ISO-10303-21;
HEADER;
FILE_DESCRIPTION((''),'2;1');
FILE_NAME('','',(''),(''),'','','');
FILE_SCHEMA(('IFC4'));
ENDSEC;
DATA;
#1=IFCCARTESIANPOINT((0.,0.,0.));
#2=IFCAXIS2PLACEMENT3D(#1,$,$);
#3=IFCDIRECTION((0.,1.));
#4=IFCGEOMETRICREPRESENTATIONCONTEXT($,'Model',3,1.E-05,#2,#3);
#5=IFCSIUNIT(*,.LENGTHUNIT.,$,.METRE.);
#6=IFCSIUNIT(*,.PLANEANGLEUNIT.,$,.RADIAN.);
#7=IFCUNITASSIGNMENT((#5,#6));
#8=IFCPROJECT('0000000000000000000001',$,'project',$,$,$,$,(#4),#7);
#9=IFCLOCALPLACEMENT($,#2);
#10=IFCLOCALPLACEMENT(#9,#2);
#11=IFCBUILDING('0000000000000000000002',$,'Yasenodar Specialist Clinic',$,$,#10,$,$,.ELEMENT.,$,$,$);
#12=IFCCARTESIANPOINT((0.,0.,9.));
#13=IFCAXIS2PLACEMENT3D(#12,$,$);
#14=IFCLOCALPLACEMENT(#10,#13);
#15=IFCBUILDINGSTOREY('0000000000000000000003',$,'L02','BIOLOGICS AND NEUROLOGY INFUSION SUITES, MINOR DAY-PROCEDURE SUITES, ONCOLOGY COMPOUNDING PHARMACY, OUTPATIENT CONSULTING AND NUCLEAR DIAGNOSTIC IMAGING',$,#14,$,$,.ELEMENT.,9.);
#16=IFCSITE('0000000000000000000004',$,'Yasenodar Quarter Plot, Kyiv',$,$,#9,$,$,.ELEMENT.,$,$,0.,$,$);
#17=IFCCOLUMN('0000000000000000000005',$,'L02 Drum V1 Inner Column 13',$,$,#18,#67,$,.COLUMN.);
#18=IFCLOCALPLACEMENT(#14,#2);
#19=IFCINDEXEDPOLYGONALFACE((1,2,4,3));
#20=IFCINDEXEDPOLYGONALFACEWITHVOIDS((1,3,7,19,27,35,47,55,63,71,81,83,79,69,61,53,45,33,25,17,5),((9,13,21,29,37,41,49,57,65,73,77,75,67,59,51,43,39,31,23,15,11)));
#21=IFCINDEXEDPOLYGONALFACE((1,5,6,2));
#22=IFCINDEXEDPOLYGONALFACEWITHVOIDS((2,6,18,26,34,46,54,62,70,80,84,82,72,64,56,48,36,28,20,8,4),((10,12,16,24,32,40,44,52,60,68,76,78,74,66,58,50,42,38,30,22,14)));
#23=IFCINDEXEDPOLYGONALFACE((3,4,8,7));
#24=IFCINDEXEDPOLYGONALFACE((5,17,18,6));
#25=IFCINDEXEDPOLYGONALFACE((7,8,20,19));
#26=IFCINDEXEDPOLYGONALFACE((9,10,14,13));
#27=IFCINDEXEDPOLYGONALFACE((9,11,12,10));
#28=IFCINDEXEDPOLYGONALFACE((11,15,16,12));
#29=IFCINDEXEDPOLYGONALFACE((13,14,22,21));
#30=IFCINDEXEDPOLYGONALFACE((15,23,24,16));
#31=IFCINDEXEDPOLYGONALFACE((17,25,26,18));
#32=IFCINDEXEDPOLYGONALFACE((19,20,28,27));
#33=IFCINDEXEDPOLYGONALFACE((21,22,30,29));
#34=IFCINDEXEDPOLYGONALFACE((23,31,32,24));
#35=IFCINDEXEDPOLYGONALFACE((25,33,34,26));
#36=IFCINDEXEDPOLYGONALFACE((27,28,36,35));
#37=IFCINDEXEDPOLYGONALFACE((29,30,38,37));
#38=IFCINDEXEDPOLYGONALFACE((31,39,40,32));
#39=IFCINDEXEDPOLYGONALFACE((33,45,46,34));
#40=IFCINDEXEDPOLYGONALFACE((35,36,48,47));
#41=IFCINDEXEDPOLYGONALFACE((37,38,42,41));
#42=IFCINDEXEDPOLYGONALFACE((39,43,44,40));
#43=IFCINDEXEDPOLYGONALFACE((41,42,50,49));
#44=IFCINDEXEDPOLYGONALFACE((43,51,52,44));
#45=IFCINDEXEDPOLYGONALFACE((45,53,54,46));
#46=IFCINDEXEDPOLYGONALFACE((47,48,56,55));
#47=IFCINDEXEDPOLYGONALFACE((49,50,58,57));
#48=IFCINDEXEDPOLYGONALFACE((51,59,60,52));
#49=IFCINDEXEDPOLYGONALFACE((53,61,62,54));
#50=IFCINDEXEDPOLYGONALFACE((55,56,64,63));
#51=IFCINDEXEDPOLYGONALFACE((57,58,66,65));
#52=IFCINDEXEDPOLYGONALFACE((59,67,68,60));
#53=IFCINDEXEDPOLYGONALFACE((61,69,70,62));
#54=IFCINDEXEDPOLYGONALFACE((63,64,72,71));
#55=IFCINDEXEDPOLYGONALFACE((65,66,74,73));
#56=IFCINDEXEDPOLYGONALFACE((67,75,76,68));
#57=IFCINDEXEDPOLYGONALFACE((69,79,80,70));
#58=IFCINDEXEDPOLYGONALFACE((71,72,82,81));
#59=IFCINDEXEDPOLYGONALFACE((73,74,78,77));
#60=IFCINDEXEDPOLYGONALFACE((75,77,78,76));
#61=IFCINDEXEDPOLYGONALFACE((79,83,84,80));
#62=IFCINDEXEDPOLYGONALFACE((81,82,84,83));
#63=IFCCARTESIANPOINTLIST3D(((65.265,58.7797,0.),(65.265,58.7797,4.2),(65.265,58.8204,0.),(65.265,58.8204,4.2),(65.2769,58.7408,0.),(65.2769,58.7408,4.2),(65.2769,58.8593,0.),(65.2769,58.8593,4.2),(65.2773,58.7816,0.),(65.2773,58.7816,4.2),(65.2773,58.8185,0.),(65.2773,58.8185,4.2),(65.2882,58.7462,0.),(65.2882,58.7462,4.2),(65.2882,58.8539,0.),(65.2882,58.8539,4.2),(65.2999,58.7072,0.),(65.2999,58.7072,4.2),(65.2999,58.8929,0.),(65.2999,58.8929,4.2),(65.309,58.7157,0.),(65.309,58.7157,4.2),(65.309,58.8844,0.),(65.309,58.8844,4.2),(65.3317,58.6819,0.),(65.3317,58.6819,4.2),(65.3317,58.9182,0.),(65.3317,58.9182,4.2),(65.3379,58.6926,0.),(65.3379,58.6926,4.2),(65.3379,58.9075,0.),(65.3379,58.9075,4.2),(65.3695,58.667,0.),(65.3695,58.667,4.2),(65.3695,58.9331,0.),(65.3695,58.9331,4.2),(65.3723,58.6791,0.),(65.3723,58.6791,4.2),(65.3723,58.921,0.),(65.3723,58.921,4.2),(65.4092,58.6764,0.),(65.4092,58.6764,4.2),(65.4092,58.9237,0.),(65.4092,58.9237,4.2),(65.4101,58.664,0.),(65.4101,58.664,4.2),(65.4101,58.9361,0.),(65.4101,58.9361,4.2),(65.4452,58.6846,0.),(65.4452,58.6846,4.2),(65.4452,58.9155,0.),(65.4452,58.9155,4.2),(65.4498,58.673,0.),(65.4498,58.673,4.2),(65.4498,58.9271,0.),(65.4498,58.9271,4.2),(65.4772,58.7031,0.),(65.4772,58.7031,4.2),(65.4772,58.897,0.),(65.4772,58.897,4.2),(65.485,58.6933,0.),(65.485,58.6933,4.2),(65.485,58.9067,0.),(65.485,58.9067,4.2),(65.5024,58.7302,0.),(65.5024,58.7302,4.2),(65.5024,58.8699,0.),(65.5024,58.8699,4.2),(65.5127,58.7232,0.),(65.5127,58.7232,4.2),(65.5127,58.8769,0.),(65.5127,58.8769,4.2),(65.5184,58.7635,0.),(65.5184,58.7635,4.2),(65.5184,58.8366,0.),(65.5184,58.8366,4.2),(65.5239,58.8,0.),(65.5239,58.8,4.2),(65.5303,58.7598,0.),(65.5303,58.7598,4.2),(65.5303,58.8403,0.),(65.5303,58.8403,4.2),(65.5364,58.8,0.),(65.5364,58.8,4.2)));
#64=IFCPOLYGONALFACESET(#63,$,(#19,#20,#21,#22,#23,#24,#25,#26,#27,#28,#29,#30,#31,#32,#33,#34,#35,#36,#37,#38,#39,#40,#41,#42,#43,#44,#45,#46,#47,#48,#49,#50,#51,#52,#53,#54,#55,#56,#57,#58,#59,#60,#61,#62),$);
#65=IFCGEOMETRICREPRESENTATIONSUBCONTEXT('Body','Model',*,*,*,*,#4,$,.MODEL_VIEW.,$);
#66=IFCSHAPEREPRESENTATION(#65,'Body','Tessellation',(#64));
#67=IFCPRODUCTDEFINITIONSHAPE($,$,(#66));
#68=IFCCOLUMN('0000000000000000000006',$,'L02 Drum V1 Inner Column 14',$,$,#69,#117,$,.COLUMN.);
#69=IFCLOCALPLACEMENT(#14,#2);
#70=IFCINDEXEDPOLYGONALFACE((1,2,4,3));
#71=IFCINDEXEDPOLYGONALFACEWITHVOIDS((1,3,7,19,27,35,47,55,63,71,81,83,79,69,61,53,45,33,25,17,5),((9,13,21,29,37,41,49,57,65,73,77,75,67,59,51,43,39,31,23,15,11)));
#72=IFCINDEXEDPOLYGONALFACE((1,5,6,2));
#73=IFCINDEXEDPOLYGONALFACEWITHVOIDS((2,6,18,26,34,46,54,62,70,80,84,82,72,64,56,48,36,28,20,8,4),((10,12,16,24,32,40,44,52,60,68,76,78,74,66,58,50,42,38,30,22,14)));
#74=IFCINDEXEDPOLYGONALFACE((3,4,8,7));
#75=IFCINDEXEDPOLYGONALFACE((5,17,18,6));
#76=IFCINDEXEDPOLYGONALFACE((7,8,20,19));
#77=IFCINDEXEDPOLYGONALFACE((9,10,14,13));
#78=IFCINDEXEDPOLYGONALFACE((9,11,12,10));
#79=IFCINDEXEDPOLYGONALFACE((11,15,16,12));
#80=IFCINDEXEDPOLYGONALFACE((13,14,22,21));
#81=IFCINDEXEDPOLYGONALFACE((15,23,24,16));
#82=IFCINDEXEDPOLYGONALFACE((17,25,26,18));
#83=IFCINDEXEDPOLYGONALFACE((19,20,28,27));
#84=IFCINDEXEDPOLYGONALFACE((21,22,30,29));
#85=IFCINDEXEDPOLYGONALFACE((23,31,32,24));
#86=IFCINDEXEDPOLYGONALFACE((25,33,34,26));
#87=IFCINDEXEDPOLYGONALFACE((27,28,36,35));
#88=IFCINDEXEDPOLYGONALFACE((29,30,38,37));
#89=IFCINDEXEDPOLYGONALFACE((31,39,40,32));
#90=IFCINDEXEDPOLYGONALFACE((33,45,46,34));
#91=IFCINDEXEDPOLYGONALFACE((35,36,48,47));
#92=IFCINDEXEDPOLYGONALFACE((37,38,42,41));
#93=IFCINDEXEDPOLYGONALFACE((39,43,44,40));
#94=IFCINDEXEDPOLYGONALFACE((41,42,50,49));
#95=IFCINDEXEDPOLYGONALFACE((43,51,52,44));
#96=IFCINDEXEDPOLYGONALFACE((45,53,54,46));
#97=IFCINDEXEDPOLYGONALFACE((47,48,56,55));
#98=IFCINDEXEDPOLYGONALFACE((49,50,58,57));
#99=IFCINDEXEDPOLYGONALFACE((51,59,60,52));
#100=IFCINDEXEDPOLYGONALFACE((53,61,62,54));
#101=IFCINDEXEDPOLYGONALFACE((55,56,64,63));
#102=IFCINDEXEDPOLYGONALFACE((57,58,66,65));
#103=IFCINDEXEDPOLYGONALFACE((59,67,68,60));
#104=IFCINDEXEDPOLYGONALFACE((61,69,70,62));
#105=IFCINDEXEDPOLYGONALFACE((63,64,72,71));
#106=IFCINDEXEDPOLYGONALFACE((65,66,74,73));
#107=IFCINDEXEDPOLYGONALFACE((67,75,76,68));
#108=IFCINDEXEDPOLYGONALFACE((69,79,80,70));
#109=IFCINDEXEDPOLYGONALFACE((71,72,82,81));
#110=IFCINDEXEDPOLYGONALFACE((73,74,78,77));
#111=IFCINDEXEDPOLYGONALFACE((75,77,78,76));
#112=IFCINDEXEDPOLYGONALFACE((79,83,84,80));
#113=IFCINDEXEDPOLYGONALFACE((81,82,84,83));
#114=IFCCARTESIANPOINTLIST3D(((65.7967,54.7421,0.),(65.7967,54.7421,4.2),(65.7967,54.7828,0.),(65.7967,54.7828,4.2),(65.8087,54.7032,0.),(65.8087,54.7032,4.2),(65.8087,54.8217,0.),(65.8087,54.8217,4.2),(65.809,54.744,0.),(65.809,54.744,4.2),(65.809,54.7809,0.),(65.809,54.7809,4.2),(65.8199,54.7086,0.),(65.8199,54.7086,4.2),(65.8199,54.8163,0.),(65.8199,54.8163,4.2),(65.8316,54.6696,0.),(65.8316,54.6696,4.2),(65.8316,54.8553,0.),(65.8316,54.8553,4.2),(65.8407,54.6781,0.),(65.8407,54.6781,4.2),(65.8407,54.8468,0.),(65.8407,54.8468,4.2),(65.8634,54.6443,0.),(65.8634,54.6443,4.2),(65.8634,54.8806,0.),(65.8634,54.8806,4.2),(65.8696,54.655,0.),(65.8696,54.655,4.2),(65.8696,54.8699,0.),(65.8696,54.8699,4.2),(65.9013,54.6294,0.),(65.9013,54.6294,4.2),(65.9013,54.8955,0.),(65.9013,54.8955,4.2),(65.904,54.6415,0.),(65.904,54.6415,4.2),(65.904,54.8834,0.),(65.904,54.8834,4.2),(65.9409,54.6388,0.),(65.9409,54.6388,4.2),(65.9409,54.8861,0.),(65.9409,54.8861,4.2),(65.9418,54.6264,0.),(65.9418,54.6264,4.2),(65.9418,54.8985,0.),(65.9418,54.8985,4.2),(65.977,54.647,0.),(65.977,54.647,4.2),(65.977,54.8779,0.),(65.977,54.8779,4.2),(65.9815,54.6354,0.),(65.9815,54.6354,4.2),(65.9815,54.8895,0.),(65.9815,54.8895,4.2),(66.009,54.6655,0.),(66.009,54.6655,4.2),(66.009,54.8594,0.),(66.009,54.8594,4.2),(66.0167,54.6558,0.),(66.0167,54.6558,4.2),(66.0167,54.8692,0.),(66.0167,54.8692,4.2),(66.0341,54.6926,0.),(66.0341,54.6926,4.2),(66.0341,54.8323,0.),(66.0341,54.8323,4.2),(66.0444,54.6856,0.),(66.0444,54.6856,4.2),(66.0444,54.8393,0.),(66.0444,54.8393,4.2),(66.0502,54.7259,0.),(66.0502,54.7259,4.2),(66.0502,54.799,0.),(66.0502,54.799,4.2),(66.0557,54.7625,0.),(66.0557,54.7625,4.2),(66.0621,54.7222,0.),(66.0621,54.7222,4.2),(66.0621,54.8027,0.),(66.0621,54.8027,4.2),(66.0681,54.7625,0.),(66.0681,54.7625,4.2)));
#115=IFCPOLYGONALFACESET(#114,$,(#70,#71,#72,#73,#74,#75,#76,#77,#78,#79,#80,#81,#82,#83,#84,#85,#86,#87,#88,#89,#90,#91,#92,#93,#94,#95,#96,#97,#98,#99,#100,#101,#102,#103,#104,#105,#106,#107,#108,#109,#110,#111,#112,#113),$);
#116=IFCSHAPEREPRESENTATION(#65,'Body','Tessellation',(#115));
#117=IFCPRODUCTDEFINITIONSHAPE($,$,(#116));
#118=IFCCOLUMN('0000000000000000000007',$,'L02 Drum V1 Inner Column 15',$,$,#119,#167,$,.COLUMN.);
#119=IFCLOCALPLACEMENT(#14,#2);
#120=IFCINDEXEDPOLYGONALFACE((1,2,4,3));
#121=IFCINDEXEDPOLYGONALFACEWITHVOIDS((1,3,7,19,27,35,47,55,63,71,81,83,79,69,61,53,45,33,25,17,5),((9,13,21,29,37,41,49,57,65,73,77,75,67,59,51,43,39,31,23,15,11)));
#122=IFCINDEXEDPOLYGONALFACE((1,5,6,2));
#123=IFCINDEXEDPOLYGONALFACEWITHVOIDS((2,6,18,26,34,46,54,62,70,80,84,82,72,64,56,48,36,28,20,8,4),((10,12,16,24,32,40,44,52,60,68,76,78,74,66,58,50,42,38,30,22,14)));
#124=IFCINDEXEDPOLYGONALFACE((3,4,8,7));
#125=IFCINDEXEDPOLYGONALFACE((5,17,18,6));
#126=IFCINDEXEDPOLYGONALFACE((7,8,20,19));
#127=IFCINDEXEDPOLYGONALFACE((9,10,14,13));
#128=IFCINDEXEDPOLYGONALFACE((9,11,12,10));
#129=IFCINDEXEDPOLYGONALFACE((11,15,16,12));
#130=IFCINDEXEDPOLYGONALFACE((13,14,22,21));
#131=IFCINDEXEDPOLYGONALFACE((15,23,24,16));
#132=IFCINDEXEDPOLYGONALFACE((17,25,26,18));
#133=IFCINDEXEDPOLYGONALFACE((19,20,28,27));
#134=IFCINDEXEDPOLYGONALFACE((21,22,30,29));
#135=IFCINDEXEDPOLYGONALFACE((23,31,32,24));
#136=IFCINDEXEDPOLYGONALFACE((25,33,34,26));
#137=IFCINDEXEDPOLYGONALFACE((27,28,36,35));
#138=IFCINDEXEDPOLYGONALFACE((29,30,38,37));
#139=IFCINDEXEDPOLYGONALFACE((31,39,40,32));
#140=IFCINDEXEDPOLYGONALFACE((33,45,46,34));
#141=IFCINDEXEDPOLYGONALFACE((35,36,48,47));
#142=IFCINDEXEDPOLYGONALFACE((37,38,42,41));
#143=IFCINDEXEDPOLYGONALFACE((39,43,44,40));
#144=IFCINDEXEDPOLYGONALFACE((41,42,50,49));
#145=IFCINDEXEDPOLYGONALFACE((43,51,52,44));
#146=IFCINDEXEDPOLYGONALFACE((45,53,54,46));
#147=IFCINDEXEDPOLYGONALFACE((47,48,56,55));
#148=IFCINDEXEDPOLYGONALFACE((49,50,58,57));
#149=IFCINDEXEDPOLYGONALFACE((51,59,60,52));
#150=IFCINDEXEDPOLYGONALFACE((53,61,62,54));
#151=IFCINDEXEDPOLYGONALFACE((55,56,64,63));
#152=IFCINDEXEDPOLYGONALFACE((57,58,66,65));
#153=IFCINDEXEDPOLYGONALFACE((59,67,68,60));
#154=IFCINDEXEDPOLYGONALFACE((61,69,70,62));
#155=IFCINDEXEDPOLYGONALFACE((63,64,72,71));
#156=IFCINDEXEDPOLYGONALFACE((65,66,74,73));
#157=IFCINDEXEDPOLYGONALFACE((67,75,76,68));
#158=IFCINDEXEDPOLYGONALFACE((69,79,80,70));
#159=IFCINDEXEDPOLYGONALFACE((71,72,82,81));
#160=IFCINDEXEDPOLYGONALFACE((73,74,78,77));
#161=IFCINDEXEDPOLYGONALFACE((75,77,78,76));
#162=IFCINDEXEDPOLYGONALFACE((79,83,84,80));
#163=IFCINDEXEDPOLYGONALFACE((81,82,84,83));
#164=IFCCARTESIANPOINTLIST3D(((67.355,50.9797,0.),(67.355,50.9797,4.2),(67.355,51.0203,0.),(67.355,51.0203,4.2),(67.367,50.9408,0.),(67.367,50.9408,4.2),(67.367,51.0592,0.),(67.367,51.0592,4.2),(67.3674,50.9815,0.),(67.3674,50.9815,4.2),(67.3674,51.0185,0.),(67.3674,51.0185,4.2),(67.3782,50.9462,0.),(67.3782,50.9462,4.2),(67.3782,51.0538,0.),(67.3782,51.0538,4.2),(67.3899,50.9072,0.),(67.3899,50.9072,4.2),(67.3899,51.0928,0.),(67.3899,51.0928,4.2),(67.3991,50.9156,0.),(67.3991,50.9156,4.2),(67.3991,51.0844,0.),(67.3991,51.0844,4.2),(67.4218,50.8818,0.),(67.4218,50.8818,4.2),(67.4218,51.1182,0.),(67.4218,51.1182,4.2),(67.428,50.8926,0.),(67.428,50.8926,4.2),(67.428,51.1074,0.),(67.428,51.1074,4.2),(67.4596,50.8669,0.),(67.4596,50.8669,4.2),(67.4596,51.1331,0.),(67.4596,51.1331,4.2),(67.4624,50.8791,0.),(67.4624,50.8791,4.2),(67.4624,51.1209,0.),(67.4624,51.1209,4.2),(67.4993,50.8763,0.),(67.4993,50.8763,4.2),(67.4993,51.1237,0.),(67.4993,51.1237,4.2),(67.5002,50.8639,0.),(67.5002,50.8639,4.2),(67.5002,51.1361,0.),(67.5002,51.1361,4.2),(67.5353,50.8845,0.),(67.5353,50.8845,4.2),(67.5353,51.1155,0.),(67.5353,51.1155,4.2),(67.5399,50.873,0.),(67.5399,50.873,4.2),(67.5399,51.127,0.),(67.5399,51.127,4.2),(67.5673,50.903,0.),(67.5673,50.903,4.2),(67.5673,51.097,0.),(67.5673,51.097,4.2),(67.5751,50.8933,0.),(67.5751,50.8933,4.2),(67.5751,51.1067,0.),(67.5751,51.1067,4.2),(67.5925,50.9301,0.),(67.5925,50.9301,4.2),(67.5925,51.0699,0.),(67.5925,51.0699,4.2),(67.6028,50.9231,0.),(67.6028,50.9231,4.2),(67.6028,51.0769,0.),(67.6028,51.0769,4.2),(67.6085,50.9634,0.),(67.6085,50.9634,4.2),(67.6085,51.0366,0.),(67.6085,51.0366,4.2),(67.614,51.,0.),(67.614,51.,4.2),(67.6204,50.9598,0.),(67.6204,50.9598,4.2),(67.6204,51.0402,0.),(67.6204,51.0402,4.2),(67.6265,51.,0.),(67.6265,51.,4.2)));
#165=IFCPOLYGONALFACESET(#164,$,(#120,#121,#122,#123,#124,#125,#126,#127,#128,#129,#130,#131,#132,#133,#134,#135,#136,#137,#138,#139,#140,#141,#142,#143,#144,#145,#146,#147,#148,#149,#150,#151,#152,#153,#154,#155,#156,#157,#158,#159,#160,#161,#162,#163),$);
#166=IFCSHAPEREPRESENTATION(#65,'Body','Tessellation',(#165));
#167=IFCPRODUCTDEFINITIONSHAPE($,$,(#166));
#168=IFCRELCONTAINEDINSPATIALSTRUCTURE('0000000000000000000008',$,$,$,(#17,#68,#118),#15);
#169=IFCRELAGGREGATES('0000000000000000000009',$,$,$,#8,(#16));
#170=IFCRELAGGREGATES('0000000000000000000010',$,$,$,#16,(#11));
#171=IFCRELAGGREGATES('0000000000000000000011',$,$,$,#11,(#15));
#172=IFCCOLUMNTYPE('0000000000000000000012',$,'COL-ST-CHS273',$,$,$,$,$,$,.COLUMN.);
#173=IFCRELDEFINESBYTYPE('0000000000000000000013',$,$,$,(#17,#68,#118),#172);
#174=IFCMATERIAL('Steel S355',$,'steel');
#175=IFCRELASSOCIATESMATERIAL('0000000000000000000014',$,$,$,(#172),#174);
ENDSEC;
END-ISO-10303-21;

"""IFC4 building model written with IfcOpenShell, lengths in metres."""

from ifc_helpers import new_model, si_unit, direction, frame, origin, origin_2d, place, context, subcontext, project, spatial, hollow_circle, extrude, material, material_profile, profile_set, type_object, element, save


model = new_model("IFC4")

# Units and contexts
model_context = context("Model", 3, precision=1e-05, world=origin(), true_north=direction((0.0, 1.0)))
body_context = subcontext(model_context, "Body", "Model", "MODEL_VIEW")
ifc_project = project(units=[si_unit("LENGTHUNIT", "METRE"), si_unit("PLANEANGLEUNIT", "RADIAN")], contexts=[model_context])

# Site, building, storey
site_placement = place(None, origin())
site = spatial("IfcSite", under=ifc_project, at=site_placement, Name="Yasenodar Quarter Plot, Kyiv", CompositionType="ELEMENT", RefElevation=0.0)
building_placement = place(site_placement, origin())
building = spatial("IfcBuilding", under=site, at=building_placement, Name="Yasenodar Specialist Clinic", CompositionType="ELEMENT")
storey_placement = place(building_placement, frame((0.0, 0.0, 9.0)))
storey = spatial("IfcBuildingStorey", under=building, at=storey_placement, Name="L02", Description="BIOLOGICS AND NEUROLOGY INFUSION SUITES, MINOR DAY-PROCEDURE SUITES, ONCOLOGY COMPOUNDING PHARMACY, OUTPATIENT CONSULTING AND NUCLEAR DIAGNOSTIC IMAGING", CompositionType="ELEMENT", Elevation=9.0)

# Columns
ifc_material_1 = material(Name="Steel S355", Category="steel")
ifc_material_profile_1 = material_profile(ifc_material_1, hollow_circle(Radius=0.1365, WallThickness=0.0125, at=origin_2d()), Name="CHS 273x12.5")
ifc_profile_set_1 = profile_set([ifc_material_profile_1], Name="Steel S355")
column_type = type_object("IfcColumnType", Name="COL-ST-CHS273", PredefinedType="COLUMN", material=ifc_profile_set_1)
for number, where, z_axis, x_axis, name in (
    (1, (65.3999, 58.8, 0.0), (0.0, 0.0, 1.0), (1.0, 0.0, 0.0), "L02 Drum V1 Inner Column 13"),
    (2, (65.9316, 54.7625, 0.0), (0.0, 0.0, 1.0), (1.0, 0.0, 0.0), "L02 Drum V1 Inner Column 14"),
    (3, (67.49, 51.0, 0.0), (0.0, 0.0, 1.0), (1.0, 0.0, 0.0), "L02 Drum V1 Inner Column 15"),
):
    element("IfcColumn", number, at=place(storey_placement, frame(where, z_axis=z_axis, x_axis=x_axis)), inside=storey, type_object=column_type, Name=name, PredefinedType="COLUMN", context=body_context, shape_type="SweptSolid", body=[
        extrude(hollow_circle(Radius=0.1365, WallThickness=0.0125, at=origin_2d()), origin(), (0.0, 0.0, 1.0), 4.2),
    ])

save(model, "model.ifc")
